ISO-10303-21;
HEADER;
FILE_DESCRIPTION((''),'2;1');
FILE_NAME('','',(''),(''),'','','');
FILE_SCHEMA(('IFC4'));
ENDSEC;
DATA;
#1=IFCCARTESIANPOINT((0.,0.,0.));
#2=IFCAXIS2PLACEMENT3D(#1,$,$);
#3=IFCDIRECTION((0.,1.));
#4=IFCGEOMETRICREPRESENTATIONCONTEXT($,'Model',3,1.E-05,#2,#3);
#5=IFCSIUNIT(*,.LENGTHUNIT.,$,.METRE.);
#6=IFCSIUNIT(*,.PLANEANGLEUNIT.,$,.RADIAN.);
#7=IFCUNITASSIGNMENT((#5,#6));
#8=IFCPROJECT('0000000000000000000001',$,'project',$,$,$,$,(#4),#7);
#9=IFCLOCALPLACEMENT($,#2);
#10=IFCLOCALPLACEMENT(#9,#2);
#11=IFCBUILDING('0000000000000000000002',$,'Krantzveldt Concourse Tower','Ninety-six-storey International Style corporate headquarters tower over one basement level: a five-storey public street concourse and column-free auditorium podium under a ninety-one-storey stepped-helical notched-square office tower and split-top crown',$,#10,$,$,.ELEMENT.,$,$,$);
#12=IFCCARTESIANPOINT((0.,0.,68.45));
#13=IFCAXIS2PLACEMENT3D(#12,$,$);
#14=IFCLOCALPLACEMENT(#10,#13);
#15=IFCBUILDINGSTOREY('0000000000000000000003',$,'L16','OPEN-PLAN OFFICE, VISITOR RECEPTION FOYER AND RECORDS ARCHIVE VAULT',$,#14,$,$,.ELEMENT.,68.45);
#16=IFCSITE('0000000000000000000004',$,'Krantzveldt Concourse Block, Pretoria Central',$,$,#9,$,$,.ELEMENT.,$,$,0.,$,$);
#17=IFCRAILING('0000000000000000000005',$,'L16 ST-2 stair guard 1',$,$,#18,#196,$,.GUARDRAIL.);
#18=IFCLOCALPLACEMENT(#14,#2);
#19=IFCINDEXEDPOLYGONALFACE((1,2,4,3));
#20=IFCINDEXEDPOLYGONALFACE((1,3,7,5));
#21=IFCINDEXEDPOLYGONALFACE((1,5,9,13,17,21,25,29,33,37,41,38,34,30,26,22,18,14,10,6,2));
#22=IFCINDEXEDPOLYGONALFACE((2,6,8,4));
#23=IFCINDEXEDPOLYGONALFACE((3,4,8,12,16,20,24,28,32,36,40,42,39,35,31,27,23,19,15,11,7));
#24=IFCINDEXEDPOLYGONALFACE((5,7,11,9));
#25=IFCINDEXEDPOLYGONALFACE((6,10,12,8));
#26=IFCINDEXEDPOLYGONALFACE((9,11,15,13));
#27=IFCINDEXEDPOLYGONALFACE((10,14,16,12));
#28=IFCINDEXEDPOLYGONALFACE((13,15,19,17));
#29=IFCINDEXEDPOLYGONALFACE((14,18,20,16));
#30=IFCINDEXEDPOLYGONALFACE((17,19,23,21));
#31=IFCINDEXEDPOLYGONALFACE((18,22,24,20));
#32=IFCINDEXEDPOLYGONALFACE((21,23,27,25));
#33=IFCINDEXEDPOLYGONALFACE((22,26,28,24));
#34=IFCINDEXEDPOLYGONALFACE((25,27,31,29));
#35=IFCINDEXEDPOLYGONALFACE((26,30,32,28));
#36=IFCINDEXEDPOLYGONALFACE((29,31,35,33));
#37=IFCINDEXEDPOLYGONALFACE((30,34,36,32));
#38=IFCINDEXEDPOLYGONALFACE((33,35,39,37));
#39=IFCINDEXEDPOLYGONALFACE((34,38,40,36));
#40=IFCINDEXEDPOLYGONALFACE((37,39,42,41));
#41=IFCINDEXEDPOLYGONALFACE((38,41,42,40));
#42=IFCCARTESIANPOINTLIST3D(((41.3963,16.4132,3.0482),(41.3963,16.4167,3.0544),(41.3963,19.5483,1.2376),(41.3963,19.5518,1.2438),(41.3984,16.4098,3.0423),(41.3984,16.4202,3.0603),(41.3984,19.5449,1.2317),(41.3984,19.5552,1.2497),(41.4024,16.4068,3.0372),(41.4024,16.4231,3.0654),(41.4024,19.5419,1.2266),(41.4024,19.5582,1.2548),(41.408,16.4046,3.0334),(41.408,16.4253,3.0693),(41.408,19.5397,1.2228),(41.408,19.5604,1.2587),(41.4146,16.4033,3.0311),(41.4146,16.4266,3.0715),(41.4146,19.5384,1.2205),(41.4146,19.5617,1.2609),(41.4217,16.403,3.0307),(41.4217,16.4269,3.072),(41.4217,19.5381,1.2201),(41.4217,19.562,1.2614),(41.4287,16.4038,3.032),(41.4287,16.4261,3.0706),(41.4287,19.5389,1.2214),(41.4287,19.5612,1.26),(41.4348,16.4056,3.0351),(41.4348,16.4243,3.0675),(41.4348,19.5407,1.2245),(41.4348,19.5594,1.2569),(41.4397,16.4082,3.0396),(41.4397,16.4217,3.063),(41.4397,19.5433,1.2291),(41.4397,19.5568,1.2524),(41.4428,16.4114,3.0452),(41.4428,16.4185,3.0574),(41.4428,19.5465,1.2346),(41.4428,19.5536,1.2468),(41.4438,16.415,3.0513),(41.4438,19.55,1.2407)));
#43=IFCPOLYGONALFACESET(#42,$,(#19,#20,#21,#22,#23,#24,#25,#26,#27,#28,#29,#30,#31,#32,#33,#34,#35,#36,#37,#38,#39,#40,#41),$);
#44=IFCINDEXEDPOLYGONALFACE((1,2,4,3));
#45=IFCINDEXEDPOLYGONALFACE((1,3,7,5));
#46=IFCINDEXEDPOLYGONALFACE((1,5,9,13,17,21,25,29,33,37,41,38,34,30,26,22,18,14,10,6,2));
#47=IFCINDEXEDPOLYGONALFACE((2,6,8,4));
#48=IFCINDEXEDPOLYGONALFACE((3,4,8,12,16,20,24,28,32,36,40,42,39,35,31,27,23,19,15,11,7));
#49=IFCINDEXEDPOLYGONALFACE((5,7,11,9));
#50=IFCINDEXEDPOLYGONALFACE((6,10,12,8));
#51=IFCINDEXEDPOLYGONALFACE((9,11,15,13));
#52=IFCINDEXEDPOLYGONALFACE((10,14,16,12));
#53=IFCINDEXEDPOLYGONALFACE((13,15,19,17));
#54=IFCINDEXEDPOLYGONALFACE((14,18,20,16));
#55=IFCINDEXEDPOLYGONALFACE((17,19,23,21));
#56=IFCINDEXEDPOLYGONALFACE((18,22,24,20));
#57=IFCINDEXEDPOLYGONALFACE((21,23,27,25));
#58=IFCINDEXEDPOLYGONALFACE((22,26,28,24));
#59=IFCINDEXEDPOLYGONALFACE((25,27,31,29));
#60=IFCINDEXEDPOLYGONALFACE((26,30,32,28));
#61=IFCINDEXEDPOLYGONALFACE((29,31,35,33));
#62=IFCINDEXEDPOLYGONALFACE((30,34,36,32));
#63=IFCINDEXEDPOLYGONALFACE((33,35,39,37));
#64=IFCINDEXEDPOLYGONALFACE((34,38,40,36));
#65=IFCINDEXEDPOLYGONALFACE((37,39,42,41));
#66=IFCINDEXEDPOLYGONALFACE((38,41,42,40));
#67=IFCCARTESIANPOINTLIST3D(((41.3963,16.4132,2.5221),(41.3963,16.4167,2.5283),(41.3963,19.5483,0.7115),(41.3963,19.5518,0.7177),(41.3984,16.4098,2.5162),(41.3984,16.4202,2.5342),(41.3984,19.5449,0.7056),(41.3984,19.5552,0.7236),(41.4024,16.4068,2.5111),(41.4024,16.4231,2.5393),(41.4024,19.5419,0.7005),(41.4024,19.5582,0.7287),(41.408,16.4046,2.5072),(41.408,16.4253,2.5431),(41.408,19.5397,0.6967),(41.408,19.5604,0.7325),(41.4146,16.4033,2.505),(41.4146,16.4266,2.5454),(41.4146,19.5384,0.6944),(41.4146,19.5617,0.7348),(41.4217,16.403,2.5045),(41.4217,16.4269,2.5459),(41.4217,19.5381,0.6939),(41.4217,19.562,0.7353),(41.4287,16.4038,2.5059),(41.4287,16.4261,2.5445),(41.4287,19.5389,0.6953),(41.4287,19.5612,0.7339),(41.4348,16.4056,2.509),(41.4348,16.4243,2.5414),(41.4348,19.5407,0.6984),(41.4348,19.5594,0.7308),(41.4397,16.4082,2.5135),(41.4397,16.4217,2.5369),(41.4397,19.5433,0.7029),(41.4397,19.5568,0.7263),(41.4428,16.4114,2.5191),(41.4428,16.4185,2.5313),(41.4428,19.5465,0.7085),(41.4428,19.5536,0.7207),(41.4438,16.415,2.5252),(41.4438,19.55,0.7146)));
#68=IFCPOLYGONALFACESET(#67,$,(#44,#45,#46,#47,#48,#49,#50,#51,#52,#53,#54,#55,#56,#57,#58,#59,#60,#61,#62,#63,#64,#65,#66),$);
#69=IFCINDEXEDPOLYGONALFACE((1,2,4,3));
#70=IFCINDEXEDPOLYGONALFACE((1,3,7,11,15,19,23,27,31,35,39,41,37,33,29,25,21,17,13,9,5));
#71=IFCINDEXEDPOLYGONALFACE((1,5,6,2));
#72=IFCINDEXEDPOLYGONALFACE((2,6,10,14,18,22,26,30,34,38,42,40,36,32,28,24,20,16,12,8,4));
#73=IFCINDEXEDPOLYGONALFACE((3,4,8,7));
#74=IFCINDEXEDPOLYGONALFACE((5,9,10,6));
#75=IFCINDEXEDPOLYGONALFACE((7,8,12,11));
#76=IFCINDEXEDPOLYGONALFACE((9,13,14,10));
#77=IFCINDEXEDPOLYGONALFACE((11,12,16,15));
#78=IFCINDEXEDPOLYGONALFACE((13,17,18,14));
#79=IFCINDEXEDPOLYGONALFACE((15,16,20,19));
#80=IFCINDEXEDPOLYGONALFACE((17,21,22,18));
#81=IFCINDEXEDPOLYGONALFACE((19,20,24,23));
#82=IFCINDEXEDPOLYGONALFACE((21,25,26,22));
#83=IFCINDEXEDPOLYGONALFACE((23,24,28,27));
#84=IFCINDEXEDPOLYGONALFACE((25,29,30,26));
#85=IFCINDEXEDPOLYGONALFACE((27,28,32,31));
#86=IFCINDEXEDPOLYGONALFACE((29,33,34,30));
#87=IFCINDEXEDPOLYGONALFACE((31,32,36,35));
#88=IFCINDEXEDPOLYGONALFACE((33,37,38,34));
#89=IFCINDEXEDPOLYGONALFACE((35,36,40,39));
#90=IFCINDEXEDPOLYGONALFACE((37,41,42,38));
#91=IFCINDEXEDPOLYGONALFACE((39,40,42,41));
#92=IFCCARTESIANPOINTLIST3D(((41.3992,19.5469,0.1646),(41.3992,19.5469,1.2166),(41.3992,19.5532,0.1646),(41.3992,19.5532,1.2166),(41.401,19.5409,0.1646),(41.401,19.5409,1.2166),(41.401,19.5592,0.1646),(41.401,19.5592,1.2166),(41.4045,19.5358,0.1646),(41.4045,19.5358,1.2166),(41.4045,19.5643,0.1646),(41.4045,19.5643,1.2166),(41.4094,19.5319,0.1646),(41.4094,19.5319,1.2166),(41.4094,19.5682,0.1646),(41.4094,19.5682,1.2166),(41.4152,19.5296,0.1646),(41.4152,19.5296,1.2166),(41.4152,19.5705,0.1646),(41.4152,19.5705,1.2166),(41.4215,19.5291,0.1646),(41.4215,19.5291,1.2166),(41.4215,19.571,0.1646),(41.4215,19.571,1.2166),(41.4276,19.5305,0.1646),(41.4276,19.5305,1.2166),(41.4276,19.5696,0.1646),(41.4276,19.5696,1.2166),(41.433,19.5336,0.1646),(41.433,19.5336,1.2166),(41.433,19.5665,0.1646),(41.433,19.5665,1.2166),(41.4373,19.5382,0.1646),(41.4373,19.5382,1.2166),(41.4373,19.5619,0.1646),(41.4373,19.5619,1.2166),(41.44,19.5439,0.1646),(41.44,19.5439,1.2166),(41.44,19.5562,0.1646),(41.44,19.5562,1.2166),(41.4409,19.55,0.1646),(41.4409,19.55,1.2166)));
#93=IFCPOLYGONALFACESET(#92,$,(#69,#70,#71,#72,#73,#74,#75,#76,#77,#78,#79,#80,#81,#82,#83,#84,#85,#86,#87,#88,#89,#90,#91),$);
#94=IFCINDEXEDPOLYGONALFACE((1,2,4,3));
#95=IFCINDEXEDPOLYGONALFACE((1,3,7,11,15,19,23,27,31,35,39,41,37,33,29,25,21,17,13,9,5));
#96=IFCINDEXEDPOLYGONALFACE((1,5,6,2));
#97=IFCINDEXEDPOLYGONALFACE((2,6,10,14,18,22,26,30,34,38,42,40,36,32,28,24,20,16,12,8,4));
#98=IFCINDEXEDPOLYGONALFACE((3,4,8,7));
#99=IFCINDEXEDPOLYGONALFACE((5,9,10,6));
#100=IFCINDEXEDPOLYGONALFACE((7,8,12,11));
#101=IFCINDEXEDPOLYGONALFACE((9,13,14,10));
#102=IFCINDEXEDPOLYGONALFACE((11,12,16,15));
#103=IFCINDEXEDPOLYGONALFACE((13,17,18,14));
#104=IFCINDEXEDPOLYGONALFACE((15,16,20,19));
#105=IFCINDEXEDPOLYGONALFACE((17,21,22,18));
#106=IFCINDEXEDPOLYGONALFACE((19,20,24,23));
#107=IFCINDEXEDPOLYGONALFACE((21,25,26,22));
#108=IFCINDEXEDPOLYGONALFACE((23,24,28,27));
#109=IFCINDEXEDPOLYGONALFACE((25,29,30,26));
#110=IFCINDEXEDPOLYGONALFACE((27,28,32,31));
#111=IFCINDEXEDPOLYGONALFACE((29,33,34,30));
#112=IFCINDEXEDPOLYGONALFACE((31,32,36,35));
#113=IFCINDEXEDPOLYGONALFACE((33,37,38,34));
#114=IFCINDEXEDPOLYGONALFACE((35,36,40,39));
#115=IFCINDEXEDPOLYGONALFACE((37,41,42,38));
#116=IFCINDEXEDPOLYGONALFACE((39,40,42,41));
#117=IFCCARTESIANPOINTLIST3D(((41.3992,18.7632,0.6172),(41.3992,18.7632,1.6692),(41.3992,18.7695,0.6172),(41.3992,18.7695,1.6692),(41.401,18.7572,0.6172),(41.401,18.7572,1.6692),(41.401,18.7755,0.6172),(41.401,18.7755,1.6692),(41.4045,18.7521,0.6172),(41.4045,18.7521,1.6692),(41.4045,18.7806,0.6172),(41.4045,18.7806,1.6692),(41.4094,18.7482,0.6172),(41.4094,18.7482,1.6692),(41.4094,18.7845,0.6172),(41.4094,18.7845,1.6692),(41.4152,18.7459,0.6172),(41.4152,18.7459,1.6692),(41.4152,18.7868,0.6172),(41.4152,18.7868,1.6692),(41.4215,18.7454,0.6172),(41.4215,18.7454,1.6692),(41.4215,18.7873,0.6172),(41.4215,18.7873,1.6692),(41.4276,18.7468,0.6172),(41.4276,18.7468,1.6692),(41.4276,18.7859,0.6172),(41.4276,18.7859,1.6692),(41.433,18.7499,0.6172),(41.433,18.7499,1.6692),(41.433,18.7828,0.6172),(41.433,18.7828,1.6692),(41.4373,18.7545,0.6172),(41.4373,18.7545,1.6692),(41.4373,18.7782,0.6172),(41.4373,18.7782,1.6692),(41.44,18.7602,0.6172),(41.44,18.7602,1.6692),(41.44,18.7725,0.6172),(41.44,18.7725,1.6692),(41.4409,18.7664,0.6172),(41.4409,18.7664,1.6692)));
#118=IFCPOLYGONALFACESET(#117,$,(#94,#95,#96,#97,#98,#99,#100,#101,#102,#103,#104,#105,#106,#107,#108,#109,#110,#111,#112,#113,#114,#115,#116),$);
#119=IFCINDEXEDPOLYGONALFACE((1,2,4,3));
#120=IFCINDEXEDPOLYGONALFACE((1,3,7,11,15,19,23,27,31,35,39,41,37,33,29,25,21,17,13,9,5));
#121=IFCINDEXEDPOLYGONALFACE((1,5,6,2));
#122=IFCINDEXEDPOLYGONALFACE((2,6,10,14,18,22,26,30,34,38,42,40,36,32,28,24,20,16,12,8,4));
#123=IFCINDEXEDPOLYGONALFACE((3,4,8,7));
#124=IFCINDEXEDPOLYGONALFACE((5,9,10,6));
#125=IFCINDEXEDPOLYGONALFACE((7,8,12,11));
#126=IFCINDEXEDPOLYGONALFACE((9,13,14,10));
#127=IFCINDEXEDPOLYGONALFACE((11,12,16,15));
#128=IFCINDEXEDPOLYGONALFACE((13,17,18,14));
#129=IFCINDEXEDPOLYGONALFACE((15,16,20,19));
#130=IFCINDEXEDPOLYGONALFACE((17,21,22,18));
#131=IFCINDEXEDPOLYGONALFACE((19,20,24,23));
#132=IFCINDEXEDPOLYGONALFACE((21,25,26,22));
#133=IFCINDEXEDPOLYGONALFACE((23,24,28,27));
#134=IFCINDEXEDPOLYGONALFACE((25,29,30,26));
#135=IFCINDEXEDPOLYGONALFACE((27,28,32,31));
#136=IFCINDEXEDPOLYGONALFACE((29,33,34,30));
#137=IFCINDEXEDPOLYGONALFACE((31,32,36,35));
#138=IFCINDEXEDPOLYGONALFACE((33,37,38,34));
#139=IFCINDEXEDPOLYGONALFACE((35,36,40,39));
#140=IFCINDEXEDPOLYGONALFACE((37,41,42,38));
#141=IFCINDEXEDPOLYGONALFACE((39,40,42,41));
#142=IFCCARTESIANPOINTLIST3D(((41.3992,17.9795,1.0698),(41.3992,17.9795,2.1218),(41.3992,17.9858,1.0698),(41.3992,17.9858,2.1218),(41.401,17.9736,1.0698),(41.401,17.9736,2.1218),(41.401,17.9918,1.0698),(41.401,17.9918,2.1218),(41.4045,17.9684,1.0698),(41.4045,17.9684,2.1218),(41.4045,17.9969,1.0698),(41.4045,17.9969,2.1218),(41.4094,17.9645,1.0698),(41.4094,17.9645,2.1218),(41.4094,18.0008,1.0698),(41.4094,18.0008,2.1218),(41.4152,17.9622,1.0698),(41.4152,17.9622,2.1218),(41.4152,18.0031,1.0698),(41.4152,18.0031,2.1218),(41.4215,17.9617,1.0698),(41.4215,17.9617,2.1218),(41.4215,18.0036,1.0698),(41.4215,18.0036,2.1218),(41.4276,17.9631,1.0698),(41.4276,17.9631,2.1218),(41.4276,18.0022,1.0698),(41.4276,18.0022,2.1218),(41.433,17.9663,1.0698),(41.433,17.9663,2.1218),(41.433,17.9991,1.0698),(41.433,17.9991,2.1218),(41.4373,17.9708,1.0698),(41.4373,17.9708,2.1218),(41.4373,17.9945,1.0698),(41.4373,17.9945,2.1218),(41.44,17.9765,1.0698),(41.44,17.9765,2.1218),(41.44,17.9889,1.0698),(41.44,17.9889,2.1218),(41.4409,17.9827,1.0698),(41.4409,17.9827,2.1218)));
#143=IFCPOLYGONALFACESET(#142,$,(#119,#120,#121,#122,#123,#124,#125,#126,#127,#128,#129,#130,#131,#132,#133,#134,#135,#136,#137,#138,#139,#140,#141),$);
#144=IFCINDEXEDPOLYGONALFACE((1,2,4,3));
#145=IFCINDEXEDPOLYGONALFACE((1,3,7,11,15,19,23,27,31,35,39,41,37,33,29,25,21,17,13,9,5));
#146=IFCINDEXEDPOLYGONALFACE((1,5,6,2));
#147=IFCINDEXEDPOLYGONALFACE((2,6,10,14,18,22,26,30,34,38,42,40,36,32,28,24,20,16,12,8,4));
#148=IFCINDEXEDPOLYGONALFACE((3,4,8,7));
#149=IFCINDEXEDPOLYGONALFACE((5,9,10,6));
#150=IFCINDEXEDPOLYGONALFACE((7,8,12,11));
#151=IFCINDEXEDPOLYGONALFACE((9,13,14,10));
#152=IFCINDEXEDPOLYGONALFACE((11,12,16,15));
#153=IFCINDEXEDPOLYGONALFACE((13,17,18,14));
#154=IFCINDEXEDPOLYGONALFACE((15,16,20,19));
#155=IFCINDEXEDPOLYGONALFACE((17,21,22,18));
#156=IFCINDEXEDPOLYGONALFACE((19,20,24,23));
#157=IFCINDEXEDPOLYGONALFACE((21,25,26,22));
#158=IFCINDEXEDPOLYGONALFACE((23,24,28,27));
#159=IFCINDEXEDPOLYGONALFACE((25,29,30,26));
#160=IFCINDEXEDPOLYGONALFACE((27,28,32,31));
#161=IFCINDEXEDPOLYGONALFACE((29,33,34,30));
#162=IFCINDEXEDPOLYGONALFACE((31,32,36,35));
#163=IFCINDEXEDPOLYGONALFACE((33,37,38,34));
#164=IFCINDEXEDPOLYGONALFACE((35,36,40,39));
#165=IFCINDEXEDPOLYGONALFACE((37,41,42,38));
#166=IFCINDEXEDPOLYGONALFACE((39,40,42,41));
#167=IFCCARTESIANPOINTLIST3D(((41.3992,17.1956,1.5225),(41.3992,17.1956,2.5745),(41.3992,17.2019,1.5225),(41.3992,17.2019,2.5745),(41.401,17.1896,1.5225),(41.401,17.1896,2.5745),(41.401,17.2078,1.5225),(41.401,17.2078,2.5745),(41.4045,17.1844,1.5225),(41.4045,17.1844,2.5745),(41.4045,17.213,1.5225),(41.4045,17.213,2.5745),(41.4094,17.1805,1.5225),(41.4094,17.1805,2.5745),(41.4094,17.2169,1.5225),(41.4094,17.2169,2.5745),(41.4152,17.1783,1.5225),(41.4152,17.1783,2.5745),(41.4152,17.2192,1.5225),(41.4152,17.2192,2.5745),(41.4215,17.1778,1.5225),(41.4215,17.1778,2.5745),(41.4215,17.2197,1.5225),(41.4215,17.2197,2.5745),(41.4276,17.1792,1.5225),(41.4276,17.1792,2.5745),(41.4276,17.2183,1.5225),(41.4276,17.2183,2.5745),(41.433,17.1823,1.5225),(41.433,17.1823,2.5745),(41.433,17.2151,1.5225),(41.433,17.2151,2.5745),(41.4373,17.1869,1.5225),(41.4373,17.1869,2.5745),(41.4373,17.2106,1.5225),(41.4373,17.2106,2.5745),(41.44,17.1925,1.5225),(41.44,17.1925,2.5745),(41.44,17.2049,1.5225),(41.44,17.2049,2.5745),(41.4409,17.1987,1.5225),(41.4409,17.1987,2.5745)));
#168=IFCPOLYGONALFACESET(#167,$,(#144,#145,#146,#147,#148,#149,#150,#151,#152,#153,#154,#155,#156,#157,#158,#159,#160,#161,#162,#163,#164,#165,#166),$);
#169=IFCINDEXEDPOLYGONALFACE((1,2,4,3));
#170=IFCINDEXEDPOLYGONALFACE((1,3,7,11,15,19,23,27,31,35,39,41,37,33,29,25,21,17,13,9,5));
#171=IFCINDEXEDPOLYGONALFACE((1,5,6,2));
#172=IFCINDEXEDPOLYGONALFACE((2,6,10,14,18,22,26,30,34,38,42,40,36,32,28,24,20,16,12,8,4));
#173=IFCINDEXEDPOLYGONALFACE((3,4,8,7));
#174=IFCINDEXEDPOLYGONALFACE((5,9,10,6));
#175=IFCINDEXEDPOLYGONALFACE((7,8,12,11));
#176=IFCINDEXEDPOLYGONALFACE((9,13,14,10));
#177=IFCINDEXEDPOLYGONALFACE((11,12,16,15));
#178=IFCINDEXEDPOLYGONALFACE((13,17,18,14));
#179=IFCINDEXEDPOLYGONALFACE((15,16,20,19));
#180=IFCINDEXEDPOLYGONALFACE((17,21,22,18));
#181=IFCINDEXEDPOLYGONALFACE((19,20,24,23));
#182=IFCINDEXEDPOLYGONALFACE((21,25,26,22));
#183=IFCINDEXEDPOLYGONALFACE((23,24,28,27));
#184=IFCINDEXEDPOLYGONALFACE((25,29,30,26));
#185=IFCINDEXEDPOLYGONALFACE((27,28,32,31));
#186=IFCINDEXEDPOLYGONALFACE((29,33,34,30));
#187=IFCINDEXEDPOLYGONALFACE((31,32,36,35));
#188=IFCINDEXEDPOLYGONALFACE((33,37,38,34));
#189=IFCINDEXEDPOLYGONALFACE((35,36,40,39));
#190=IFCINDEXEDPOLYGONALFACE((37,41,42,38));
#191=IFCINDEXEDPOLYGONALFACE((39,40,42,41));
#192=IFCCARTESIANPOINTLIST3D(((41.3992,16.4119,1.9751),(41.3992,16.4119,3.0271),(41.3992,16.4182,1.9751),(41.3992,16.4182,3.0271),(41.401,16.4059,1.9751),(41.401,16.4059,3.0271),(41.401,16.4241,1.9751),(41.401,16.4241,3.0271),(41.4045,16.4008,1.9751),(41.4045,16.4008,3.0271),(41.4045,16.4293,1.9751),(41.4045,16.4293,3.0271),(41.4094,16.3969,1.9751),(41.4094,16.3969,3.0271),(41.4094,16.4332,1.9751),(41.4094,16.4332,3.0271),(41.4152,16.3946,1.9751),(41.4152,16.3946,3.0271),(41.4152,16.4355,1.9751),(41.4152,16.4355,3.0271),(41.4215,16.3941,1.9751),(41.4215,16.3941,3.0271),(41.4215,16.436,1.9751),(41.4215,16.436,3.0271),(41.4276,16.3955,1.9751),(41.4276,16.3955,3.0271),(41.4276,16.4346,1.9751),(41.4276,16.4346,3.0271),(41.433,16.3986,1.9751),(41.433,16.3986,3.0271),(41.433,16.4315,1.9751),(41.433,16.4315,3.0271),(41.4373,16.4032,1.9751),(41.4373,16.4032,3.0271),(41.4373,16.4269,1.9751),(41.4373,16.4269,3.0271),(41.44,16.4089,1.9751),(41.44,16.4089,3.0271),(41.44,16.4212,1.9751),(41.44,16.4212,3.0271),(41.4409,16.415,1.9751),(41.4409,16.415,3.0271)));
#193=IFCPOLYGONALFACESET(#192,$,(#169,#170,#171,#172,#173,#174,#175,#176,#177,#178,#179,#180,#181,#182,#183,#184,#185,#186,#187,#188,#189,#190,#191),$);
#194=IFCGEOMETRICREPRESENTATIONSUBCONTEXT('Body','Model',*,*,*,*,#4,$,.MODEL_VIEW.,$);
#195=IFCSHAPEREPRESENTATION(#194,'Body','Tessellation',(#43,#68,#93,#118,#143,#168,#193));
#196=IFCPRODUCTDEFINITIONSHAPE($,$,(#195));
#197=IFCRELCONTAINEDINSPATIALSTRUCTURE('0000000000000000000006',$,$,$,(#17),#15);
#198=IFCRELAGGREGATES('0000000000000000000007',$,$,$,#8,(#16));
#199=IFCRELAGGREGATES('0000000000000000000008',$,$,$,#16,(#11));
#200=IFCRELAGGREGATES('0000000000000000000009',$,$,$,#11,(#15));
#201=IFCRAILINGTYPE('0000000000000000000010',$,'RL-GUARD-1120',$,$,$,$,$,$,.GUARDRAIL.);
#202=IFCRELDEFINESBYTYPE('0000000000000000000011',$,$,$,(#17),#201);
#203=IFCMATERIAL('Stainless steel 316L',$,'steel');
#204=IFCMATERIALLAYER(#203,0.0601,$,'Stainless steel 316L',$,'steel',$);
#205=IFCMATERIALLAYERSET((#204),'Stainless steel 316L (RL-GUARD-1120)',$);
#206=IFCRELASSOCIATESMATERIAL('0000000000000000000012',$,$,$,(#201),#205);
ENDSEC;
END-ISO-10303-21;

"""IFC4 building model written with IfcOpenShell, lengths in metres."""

from ifc_helpers import new_model, si_unit, direction, frame, origin, origin_2d, place, context, subcontext, project, spatial, circle, extrude, material, layer, layer_set, type_object, element, save


model = new_model("IFC4")

# Units and contexts
model_context = context("Model", 3, precision=1e-05, world=origin(), true_north=direction((0.0, 1.0)))
body_context = subcontext(model_context, "Body", "Model", "MODEL_VIEW")
ifc_project = project(units=[si_unit("LENGTHUNIT", "METRE"), si_unit("PLANEANGLEUNIT", "RADIAN")], contexts=[model_context])

# Site, building, storey
site_placement = place(None, origin())
site = spatial("IfcSite", under=ifc_project, at=site_placement, Name="Krantzveldt Concourse Block, Pretoria Central", CompositionType="ELEMENT", RefElevation=0.0)
building_placement = place(site_placement, origin())
building = spatial("IfcBuilding", under=site, at=building_placement, Name="Krantzveldt Concourse Tower", Description="Ninety-six-storey International Style corporate headquarters tower over one basement level: a five-storey public street concourse and column-free auditorium podium under a ninety-one-storey stepped-helical notched-square office tower and split-top crown", CompositionType="ELEMENT")
storey_placement = place(building_placement, frame((0.0, 0.0, 68.45)))
storey = spatial("IfcBuildingStorey", under=building, at=storey_placement, Name="L16", Description="OPEN-PLAN OFFICE, VISITOR RECEPTION FOYER AND RECORDS ARCHIVE VAULT", CompositionType="ELEMENT", Elevation=68.45)

# Shared definitions
ifc_material_1 = material(Name="Stainless steel 316L", Category="steel")

# Railing
ifc_layer_1 = layer(ifc_material_1, 0.0601, Name="Stainless steel 316L", Category="steel")
ifc_layer_set_1 = layer_set([ifc_layer_1], Name="Stainless steel 316L (RL-GUARD-1120)")
railing_type_1 = type_object("IfcRailingType", Name="RL-GUARD-1120", PredefinedType="GUARDRAIL", material=ifc_layer_set_1)
railing_1_placement = place(storey_placement, frame((41.4199, 19.55, 0.1646)))
element("IfcRailing", 1, at=railing_1_placement, inside=storey, type_object=railing_type_1, Name="L16 ST-2 stair guard 1", PredefinedType="GUARDRAIL", context=body_context, shape_type="SweptSolid", body=[
    extrude(circle(Radius=0.0239, at=origin_2d()), frame((0.0, 0.0, 1.0762), z_axis=(0.0, -0.86596, 0.500114), x_axis=(1.0, 0.0, 0.0)), (0.0, 0.0, 1.0), 3.6204),
    extrude(circle(Radius=0.0239, at=origin_2d()), frame((0.0, 0.0, 0.55), z_axis=(0.0, -0.86596, 0.500114), x_axis=(1.0, 0.0, 0.0)), (0.0, 0.0, 1.0), 3.6204),
    extrude(circle(Radius=0.021, at=origin_2d()), origin(), (0.0, 0.0, 1.0), 1.052),
    extrude(circle(Radius=0.021, at=origin_2d()), frame((0.0, -0.7837, 0.4526)), (0.0, 0.0, 1.0), 1.052),
    extrude(circle(Radius=0.021, at=origin_2d()), frame((0.0, -1.5674, 0.9053)), (0.0, 0.0, 1.0), 1.052),
    extrude(circle(Radius=0.021, at=origin_2d()), frame((0.0, -2.3513, 1.3579)), (0.0, 0.0, 1.0), 1.052),
    extrude(circle(Radius=0.021, at=origin_2d()), frame((0.0, -3.135, 1.8105)), (0.0, 0.0, 1.0), 1.052),
])

save(model, "model.ifc")
